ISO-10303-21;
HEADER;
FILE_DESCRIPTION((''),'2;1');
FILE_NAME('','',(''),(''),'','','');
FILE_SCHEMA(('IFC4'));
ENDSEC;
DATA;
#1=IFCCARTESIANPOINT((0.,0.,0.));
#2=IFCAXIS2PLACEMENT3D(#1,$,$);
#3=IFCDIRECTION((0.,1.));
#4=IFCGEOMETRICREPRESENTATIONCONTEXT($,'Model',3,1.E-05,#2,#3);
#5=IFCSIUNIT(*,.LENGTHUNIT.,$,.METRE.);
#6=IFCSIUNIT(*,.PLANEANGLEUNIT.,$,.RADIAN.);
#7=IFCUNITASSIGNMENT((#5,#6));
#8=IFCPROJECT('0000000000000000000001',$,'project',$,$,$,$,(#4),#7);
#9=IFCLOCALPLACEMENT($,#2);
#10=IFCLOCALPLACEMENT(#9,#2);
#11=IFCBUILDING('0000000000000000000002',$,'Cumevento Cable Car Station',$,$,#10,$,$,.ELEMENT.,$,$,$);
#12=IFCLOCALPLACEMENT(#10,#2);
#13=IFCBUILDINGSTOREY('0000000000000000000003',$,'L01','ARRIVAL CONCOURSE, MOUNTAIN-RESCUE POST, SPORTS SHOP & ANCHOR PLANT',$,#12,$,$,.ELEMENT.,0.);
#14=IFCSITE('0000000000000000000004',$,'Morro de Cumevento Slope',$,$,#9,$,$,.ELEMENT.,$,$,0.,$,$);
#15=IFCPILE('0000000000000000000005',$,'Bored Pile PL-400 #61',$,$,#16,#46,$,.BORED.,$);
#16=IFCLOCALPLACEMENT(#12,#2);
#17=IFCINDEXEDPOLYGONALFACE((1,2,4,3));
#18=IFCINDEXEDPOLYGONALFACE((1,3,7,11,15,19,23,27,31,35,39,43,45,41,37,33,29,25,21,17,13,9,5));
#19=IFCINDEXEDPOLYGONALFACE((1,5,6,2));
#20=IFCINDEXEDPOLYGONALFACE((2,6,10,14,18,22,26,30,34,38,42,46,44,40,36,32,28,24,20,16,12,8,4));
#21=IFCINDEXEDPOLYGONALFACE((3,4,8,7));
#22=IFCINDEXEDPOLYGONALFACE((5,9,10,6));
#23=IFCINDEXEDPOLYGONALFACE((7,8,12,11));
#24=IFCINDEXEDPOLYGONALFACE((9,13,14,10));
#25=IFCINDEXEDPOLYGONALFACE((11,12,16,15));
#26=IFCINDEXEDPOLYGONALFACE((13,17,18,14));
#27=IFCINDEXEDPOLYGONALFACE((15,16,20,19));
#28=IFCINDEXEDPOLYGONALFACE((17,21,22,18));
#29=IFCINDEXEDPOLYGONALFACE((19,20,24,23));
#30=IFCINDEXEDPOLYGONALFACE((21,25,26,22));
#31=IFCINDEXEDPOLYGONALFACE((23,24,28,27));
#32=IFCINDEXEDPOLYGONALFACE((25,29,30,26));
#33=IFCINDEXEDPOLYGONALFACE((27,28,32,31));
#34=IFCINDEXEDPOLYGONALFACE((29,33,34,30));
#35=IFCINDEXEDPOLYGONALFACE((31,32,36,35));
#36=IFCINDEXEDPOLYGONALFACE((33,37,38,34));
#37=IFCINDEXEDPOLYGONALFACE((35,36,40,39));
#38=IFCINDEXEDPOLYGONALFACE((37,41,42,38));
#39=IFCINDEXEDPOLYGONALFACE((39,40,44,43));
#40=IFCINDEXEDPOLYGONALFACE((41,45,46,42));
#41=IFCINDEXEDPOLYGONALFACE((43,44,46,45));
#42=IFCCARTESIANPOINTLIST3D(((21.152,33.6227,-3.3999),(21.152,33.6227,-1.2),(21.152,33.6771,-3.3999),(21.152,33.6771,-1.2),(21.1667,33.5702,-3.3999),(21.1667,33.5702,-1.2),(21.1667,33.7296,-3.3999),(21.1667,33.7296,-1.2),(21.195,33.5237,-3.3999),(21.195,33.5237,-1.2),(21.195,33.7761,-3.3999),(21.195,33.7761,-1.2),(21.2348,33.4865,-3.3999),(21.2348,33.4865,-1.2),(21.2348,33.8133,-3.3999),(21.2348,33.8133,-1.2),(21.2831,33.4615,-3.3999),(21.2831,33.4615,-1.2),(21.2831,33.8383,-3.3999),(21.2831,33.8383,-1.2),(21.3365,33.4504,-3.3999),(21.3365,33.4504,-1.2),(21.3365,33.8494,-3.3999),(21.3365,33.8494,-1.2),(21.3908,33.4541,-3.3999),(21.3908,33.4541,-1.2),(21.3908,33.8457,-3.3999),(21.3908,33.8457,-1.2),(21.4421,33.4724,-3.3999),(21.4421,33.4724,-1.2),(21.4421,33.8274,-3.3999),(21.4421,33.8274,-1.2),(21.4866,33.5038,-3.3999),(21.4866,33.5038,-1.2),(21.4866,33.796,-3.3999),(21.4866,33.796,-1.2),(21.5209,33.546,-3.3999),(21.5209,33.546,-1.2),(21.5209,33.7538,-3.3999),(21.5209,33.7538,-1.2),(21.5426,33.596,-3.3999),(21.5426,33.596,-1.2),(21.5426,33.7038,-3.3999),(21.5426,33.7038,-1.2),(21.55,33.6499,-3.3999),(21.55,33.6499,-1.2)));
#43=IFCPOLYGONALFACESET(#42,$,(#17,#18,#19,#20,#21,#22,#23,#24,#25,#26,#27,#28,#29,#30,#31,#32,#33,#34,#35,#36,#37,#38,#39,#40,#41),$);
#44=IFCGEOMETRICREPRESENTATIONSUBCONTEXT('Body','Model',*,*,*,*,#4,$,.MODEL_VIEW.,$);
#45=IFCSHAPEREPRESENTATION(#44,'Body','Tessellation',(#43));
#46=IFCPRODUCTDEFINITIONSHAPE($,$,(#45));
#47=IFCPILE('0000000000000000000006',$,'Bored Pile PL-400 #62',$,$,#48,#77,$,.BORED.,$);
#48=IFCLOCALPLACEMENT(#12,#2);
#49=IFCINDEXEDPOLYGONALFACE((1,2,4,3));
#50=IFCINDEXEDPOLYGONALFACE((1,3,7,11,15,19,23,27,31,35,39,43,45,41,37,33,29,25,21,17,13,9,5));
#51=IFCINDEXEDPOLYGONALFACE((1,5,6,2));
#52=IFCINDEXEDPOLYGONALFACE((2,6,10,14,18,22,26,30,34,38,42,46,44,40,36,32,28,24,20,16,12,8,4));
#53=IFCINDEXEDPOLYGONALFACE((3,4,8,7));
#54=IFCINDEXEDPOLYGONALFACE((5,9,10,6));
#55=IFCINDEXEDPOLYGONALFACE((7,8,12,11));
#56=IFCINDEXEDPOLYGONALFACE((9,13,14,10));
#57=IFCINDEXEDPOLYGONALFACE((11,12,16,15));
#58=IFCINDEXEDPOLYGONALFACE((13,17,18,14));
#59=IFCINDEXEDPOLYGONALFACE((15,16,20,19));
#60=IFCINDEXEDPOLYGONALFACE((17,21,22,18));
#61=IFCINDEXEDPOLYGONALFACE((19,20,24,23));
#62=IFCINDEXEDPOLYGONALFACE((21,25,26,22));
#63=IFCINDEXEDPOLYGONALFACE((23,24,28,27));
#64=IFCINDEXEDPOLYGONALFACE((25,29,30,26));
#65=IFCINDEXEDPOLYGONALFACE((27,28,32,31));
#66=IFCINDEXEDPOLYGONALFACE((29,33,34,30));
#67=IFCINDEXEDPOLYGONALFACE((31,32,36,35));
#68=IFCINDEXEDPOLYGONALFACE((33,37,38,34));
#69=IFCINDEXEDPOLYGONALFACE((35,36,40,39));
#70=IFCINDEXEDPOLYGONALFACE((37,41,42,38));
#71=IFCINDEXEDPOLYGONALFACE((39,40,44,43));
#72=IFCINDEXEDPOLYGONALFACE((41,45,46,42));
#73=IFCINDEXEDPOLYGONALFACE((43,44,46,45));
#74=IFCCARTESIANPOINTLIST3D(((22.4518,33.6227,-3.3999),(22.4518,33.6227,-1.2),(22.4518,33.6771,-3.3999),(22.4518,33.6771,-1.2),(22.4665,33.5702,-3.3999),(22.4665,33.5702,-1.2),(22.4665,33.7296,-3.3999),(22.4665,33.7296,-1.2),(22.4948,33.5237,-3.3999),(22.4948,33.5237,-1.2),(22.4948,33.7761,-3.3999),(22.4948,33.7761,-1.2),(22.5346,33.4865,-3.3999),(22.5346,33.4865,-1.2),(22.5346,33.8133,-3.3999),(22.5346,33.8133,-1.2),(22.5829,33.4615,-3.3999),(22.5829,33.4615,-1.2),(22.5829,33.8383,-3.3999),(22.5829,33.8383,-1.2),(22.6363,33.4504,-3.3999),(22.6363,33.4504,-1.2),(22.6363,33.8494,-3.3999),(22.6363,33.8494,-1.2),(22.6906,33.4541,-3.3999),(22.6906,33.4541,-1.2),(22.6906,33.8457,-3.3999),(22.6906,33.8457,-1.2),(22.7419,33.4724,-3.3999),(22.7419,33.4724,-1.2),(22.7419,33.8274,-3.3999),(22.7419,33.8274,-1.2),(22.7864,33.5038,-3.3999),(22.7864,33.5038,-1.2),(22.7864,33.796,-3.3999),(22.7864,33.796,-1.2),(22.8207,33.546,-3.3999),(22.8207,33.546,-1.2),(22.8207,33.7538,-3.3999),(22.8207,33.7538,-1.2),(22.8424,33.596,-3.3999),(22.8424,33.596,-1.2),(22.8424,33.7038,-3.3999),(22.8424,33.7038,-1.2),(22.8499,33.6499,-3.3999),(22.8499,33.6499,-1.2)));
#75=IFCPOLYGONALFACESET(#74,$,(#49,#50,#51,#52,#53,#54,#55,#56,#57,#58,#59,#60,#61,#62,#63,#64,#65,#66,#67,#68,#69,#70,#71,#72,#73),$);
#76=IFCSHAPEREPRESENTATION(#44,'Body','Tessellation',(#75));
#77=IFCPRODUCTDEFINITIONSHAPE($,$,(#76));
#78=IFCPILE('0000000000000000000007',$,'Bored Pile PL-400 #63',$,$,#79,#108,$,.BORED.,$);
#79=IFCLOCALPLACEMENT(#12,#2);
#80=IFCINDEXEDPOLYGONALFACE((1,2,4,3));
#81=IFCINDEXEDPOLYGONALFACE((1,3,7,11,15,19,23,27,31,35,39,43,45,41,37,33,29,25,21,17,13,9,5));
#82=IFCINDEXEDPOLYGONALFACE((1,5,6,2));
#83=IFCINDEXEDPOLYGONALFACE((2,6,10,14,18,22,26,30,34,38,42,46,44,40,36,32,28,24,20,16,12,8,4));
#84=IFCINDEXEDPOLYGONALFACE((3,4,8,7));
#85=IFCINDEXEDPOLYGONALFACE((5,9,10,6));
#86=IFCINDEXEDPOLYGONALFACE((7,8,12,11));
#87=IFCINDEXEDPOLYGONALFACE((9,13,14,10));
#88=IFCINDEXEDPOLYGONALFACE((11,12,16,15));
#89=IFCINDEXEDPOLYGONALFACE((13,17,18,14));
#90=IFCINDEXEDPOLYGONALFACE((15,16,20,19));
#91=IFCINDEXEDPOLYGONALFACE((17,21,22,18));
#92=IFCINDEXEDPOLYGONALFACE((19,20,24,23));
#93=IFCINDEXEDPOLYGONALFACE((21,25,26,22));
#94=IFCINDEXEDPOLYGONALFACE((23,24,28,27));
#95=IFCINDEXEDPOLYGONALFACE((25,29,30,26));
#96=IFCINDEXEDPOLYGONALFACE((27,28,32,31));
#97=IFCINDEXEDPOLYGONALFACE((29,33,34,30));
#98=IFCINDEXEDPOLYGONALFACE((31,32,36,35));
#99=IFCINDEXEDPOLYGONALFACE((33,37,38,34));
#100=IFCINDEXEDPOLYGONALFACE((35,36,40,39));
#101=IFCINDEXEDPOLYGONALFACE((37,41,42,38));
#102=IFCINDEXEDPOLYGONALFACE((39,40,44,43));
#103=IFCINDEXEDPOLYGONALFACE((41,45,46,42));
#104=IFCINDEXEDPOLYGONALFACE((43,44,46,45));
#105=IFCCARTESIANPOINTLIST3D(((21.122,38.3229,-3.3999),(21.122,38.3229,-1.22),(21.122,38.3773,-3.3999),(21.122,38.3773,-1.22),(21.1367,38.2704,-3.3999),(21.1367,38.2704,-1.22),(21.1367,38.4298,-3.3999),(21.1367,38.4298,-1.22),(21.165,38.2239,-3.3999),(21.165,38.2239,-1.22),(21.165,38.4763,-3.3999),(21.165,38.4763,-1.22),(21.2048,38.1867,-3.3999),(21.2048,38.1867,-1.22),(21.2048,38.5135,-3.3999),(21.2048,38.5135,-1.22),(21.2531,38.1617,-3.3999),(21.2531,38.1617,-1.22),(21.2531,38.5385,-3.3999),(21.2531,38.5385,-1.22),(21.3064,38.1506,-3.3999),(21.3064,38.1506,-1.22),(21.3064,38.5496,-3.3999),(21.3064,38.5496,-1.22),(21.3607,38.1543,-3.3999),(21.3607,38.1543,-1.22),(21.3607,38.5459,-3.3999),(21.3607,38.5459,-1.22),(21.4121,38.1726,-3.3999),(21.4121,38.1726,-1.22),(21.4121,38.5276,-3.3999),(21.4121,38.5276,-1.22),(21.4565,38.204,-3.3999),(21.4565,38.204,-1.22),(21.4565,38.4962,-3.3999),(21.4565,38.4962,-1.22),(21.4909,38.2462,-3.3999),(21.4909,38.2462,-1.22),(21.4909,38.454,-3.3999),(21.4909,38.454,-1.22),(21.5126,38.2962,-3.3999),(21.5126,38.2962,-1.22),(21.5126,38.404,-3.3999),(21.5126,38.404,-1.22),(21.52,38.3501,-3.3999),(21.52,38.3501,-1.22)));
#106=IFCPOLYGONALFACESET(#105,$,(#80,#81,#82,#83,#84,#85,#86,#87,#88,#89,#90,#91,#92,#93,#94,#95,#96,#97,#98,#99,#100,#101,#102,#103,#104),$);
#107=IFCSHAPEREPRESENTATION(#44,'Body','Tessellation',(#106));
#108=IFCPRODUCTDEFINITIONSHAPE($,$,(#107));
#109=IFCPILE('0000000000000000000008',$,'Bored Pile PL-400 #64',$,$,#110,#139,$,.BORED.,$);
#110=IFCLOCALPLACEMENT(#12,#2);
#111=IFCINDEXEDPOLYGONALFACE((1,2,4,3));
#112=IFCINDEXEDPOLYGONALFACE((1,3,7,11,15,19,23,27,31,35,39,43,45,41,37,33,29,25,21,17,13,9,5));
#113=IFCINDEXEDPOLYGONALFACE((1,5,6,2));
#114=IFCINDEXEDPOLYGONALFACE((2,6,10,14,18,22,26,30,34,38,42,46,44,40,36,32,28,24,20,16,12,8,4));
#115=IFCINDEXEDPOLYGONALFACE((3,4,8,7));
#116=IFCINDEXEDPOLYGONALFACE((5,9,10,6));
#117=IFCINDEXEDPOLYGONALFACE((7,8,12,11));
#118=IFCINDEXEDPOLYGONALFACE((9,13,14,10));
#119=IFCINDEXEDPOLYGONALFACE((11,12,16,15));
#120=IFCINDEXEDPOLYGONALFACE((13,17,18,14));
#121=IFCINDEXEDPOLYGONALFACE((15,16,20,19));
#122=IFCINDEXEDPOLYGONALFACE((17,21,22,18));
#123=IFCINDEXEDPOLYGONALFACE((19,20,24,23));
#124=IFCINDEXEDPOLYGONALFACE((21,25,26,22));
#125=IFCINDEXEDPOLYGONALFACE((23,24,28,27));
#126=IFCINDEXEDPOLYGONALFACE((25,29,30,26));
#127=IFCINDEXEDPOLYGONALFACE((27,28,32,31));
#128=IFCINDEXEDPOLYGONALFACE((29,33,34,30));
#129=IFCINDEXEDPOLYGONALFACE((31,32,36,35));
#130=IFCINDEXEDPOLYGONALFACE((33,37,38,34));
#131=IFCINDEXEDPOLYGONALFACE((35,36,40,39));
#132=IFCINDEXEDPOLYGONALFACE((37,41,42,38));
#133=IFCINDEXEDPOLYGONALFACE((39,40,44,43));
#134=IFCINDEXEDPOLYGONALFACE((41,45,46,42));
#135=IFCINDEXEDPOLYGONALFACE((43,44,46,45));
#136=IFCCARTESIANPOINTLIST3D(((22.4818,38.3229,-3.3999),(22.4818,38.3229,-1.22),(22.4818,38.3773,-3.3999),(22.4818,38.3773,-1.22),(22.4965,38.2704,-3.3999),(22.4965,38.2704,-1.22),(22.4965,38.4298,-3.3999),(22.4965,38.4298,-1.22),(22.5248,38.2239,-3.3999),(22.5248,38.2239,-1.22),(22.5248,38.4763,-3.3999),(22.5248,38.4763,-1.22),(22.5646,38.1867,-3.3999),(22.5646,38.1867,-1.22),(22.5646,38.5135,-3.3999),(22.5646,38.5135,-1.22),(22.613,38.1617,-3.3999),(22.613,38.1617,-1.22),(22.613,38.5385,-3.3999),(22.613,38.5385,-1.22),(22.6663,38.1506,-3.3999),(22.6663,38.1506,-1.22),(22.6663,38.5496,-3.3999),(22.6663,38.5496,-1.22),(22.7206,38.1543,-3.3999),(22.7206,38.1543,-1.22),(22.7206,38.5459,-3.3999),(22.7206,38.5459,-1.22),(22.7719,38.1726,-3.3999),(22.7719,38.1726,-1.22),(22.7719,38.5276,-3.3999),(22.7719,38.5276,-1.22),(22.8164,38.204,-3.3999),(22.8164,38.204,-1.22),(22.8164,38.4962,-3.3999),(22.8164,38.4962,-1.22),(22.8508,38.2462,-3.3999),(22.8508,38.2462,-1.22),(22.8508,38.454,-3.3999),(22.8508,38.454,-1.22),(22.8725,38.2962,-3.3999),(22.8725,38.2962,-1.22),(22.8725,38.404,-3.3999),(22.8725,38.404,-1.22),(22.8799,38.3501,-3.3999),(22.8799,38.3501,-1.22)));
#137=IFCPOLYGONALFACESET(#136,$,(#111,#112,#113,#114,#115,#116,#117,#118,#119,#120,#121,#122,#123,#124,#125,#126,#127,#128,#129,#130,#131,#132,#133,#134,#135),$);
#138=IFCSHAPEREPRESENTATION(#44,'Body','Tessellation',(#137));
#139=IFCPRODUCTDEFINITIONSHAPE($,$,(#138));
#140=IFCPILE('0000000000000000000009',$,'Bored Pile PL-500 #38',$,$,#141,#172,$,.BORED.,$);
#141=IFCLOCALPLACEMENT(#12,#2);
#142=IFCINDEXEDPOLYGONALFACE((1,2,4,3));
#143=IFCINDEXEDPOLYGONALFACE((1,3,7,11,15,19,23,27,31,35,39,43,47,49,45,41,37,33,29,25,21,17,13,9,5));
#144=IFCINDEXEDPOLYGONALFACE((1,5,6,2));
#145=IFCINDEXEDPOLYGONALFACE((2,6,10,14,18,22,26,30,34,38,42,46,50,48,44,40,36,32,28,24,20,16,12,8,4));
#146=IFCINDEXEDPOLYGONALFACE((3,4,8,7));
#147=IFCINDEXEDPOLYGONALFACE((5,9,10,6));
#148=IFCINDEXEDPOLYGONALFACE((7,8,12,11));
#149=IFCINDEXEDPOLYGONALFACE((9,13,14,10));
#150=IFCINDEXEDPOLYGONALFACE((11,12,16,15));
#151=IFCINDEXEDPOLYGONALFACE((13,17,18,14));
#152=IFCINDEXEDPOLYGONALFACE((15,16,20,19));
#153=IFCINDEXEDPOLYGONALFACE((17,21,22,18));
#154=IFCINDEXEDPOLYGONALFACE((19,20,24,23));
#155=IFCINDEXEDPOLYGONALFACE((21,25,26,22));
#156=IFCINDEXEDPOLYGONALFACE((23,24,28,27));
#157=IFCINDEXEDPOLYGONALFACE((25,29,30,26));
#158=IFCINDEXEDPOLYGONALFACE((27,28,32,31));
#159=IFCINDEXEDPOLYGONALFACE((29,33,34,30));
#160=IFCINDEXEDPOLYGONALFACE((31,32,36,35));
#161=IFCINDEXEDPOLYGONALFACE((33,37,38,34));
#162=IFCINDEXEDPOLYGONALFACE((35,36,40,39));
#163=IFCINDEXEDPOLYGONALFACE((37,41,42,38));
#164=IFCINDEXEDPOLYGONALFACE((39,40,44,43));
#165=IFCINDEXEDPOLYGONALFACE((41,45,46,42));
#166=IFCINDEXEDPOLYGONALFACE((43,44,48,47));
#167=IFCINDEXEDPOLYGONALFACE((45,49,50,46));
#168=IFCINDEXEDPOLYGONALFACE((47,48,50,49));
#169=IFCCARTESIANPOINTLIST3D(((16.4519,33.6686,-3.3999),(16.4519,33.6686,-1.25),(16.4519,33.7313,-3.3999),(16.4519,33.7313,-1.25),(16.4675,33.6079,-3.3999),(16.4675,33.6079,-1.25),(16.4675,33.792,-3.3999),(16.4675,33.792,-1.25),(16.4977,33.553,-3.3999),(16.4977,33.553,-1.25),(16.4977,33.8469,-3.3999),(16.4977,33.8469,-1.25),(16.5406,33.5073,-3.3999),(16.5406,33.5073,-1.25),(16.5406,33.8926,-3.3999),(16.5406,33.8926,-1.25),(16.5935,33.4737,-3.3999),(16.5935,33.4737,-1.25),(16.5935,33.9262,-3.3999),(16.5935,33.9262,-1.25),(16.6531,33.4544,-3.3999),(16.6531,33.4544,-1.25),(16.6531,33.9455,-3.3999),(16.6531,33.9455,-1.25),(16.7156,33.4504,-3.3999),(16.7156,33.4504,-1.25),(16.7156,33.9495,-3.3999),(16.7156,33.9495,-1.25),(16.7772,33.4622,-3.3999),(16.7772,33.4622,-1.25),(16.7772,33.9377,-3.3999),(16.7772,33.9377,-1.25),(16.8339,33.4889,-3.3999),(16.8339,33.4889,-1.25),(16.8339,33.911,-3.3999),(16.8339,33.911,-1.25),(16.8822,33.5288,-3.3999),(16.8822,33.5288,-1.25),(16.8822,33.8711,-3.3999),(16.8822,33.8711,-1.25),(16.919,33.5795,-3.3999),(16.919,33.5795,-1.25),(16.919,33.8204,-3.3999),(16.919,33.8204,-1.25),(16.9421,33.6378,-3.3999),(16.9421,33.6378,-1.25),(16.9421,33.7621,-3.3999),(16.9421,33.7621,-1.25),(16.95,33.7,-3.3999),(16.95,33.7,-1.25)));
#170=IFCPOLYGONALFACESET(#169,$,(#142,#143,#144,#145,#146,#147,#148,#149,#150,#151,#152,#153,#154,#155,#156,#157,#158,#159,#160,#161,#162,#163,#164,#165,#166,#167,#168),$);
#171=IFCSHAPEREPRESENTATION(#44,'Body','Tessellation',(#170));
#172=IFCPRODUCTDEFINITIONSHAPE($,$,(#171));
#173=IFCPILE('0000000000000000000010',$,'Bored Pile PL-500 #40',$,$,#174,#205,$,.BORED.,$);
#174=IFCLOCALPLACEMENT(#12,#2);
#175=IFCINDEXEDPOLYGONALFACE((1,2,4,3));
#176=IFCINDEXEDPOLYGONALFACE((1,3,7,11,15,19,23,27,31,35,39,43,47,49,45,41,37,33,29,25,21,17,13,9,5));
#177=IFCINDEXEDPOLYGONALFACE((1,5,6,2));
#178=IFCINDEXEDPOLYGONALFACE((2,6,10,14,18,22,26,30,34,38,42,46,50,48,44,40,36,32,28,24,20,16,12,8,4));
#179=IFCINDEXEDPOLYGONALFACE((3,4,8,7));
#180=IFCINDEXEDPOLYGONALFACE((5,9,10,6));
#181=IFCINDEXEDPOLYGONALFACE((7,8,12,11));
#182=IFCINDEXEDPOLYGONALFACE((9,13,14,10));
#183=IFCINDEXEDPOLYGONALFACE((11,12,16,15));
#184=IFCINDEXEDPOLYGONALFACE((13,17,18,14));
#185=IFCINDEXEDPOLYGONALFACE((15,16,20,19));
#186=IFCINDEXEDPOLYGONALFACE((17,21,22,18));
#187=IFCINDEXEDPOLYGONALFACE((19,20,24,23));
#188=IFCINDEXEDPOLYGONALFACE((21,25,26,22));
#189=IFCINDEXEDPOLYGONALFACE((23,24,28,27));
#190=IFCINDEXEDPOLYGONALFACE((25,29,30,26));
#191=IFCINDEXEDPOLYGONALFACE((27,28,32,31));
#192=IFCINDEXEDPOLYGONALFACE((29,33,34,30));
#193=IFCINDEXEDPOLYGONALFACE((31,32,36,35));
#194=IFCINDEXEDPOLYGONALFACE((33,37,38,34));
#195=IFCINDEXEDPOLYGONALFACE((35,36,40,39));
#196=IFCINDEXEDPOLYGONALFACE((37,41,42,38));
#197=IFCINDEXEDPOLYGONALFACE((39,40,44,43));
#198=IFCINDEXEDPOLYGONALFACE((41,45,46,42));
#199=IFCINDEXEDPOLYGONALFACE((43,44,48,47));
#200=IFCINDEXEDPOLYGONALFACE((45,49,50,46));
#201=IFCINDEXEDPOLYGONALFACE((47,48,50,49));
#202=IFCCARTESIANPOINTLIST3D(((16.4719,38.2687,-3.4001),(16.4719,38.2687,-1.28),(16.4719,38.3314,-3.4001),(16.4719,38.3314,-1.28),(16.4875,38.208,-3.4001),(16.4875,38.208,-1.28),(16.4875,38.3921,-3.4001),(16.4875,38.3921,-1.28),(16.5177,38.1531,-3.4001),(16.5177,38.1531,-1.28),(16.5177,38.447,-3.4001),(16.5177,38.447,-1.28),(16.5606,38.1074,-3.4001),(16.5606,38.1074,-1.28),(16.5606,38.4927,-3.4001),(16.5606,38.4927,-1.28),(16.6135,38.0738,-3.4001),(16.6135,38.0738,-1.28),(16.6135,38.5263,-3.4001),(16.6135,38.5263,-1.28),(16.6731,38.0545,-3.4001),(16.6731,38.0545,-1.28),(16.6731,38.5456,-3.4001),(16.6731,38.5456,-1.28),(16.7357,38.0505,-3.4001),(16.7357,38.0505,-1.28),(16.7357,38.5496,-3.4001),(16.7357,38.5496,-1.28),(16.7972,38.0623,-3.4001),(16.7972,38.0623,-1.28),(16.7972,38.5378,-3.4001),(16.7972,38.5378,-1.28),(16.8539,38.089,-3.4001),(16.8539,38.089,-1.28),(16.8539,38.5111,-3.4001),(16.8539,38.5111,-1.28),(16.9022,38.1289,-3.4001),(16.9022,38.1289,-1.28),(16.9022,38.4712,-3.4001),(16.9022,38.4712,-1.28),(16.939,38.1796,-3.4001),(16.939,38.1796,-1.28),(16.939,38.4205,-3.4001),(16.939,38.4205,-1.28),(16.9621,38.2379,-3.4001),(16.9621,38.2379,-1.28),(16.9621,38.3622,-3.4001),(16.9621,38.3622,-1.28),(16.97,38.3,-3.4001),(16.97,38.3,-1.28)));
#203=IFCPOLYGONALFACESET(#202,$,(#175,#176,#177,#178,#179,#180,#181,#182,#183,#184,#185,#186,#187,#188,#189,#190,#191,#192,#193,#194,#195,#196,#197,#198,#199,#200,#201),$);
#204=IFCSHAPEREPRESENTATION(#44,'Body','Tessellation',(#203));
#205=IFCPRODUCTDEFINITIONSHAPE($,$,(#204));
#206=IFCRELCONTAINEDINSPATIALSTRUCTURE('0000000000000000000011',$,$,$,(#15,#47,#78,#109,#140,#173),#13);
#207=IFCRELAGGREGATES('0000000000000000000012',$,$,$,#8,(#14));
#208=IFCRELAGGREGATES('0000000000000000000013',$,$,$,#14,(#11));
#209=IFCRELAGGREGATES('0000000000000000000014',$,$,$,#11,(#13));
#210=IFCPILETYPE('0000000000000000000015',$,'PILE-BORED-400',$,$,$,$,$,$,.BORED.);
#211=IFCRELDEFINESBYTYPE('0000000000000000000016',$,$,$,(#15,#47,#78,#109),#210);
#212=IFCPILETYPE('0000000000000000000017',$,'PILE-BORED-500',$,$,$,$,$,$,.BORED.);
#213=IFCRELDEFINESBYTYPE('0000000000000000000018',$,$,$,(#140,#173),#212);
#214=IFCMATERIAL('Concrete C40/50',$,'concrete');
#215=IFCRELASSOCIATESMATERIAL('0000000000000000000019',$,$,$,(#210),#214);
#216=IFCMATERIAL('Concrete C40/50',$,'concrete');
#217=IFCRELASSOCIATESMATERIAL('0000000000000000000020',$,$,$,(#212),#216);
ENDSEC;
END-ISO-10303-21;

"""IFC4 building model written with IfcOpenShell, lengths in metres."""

from ifc_helpers import new_model, si_unit, direction, frame, origin, origin_2d, place, context, subcontext, project, spatial, circle, extrude, material, material_profile, profile_set, type_object, element, save


model = new_model("IFC4")

# Units and contexts
model_context = context("Model", 3, precision=1e-05, world=origin(), true_north=direction((0.0, 1.0)))
body_context = subcontext(model_context, "Body", "Model", "MODEL_VIEW")
ifc_project = project(units=[si_unit("LENGTHUNIT", "METRE"), si_unit("PLANEANGLEUNIT", "RADIAN")], contexts=[model_context])

# Site, building, storey
site_placement = place(None, origin())
site = spatial("IfcSite", under=ifc_project, at=site_placement, Name="Morro de Cumevento Slope", CompositionType="ELEMENT", RefElevation=0.0)
building_placement = place(site_placement, origin())
building = spatial("IfcBuilding", under=site, at=building_placement, Name="Cumevento Cable Car Station", CompositionType="ELEMENT")
storey_placement = place(building_placement, origin())
storey = spatial("IfcBuildingStorey", under=building, at=storey_placement, Name="L01", Description="ARRIVAL CONCOURSE, MOUNTAIN-RESCUE POST, SPORTS SHOP & ANCHOR PLANT", CompositionType="ELEMENT", Elevation=0.0)

# Piles
ifc_material_1 = material(Name="Concrete C40/50", Category="concrete")
ifc_material_profile_1 = material_profile(ifc_material_1, circle(Radius=0.2, at=origin_2d()), Name="PILE-D400")
ifc_profile_set_1 = profile_set([ifc_material_profile_1], Name="Concrete C40/50")
pile_type_1 = type_object("IfcPileType", Name="PILE-BORED-400", PredefinedType="BORED", material=ifc_profile_set_1)
for number, where, z_axis, x_axis, name in (
    (1, (21.3501, 33.6499, -1.2), (0.0, 0.0, -1.0), (1.0, 0.0, 0.0), "Bored Pile PL-400 #61"),
    (2, (22.6499, 33.6499, -1.2), (0.0, 0.0, -1.0), (1.0, 0.0, 0.0), "Bored Pile PL-400 #62"),
):
    element("IfcPile", number, at=place(storey_placement, frame(where, z_axis=z_axis, x_axis=x_axis)), inside=storey, type_object=pile_type_1, Name=name, PredefinedType="BORED", context=body_context, shape_type="SweptSolid", body=[
        extrude(circle(Radius=0.2, at=origin_2d()), origin(), (0.0, 0.0, 1.0), 2.2),
    ])
for number, where, z_axis, x_axis, name in (
    (3, (21.3201, 38.3501, -1.22), (0.0, 0.0, -1.0), (1.0, 0.0, 0.0), "Bored Pile PL-400 #63"),
    (4, (22.6799, 38.3501, -1.22), (0.0, 0.0, -1.0), (1.0, 0.0, 0.0), "Bored Pile PL-400 #64"),
):
    element("IfcPile", number, at=place(storey_placement, frame(where, z_axis=z_axis, x_axis=x_axis)), inside=storey, type_object=pile_type_1, Name=name, PredefinedType="BORED", context=body_context, shape_type="SweptSolid", body=[
        extrude(circle(Radius=0.2, at=origin_2d()), origin(), (0.0, 0.0, 1.0), 2.1799),
    ])
ifc_material_2 = material(Name="Concrete C40/50", Category="concrete")
ifc_material_profile_2 = material_profile(ifc_material_2, circle(Radius=0.25, at=origin_2d()), Name="PILE-D500")
ifc_profile_set_2 = profile_set([ifc_material_profile_2], Name="Concrete C40/50")
pile_type_2 = type_object("IfcPileType", Name="PILE-BORED-500", PredefinedType="BORED", material=ifc_profile_set_2)
pile_1_placement = place(storey_placement, frame((16.7, 33.7, -1.25), z_axis=(0.0, 0.0, -1.0), x_axis=(1.0, 0.0, 0.0)))
element("IfcPile", 5, at=pile_1_placement, inside=storey, type_object=pile_type_2, Name="Bored Pile PL-500 #38", PredefinedType="BORED", context=body_context, shape_type="SweptSolid", body=[
    extrude(circle(Radius=0.25, at=origin_2d()), origin(), (0.0, 0.0, 1.0), 2.1499),
])
pile_2_placement = place(storey_placement, frame((16.72, 38.3, -1.28), z_axis=(0.0, 0.0, -1.0), x_axis=(1.0, 0.0, 0.0)))
element("IfcPile", 6, at=pile_2_placement, inside=storey, type_object=pile_type_2, Name="Bored Pile PL-500 #40", PredefinedType="BORED", context=body_context, shape_type="SweptSolid", body=[
    extrude(circle(Radius=0.25, at=origin_2d()), origin(), (0.0, 0.0, 1.0), 2.1201),
])

save(model, "model.ifc")
